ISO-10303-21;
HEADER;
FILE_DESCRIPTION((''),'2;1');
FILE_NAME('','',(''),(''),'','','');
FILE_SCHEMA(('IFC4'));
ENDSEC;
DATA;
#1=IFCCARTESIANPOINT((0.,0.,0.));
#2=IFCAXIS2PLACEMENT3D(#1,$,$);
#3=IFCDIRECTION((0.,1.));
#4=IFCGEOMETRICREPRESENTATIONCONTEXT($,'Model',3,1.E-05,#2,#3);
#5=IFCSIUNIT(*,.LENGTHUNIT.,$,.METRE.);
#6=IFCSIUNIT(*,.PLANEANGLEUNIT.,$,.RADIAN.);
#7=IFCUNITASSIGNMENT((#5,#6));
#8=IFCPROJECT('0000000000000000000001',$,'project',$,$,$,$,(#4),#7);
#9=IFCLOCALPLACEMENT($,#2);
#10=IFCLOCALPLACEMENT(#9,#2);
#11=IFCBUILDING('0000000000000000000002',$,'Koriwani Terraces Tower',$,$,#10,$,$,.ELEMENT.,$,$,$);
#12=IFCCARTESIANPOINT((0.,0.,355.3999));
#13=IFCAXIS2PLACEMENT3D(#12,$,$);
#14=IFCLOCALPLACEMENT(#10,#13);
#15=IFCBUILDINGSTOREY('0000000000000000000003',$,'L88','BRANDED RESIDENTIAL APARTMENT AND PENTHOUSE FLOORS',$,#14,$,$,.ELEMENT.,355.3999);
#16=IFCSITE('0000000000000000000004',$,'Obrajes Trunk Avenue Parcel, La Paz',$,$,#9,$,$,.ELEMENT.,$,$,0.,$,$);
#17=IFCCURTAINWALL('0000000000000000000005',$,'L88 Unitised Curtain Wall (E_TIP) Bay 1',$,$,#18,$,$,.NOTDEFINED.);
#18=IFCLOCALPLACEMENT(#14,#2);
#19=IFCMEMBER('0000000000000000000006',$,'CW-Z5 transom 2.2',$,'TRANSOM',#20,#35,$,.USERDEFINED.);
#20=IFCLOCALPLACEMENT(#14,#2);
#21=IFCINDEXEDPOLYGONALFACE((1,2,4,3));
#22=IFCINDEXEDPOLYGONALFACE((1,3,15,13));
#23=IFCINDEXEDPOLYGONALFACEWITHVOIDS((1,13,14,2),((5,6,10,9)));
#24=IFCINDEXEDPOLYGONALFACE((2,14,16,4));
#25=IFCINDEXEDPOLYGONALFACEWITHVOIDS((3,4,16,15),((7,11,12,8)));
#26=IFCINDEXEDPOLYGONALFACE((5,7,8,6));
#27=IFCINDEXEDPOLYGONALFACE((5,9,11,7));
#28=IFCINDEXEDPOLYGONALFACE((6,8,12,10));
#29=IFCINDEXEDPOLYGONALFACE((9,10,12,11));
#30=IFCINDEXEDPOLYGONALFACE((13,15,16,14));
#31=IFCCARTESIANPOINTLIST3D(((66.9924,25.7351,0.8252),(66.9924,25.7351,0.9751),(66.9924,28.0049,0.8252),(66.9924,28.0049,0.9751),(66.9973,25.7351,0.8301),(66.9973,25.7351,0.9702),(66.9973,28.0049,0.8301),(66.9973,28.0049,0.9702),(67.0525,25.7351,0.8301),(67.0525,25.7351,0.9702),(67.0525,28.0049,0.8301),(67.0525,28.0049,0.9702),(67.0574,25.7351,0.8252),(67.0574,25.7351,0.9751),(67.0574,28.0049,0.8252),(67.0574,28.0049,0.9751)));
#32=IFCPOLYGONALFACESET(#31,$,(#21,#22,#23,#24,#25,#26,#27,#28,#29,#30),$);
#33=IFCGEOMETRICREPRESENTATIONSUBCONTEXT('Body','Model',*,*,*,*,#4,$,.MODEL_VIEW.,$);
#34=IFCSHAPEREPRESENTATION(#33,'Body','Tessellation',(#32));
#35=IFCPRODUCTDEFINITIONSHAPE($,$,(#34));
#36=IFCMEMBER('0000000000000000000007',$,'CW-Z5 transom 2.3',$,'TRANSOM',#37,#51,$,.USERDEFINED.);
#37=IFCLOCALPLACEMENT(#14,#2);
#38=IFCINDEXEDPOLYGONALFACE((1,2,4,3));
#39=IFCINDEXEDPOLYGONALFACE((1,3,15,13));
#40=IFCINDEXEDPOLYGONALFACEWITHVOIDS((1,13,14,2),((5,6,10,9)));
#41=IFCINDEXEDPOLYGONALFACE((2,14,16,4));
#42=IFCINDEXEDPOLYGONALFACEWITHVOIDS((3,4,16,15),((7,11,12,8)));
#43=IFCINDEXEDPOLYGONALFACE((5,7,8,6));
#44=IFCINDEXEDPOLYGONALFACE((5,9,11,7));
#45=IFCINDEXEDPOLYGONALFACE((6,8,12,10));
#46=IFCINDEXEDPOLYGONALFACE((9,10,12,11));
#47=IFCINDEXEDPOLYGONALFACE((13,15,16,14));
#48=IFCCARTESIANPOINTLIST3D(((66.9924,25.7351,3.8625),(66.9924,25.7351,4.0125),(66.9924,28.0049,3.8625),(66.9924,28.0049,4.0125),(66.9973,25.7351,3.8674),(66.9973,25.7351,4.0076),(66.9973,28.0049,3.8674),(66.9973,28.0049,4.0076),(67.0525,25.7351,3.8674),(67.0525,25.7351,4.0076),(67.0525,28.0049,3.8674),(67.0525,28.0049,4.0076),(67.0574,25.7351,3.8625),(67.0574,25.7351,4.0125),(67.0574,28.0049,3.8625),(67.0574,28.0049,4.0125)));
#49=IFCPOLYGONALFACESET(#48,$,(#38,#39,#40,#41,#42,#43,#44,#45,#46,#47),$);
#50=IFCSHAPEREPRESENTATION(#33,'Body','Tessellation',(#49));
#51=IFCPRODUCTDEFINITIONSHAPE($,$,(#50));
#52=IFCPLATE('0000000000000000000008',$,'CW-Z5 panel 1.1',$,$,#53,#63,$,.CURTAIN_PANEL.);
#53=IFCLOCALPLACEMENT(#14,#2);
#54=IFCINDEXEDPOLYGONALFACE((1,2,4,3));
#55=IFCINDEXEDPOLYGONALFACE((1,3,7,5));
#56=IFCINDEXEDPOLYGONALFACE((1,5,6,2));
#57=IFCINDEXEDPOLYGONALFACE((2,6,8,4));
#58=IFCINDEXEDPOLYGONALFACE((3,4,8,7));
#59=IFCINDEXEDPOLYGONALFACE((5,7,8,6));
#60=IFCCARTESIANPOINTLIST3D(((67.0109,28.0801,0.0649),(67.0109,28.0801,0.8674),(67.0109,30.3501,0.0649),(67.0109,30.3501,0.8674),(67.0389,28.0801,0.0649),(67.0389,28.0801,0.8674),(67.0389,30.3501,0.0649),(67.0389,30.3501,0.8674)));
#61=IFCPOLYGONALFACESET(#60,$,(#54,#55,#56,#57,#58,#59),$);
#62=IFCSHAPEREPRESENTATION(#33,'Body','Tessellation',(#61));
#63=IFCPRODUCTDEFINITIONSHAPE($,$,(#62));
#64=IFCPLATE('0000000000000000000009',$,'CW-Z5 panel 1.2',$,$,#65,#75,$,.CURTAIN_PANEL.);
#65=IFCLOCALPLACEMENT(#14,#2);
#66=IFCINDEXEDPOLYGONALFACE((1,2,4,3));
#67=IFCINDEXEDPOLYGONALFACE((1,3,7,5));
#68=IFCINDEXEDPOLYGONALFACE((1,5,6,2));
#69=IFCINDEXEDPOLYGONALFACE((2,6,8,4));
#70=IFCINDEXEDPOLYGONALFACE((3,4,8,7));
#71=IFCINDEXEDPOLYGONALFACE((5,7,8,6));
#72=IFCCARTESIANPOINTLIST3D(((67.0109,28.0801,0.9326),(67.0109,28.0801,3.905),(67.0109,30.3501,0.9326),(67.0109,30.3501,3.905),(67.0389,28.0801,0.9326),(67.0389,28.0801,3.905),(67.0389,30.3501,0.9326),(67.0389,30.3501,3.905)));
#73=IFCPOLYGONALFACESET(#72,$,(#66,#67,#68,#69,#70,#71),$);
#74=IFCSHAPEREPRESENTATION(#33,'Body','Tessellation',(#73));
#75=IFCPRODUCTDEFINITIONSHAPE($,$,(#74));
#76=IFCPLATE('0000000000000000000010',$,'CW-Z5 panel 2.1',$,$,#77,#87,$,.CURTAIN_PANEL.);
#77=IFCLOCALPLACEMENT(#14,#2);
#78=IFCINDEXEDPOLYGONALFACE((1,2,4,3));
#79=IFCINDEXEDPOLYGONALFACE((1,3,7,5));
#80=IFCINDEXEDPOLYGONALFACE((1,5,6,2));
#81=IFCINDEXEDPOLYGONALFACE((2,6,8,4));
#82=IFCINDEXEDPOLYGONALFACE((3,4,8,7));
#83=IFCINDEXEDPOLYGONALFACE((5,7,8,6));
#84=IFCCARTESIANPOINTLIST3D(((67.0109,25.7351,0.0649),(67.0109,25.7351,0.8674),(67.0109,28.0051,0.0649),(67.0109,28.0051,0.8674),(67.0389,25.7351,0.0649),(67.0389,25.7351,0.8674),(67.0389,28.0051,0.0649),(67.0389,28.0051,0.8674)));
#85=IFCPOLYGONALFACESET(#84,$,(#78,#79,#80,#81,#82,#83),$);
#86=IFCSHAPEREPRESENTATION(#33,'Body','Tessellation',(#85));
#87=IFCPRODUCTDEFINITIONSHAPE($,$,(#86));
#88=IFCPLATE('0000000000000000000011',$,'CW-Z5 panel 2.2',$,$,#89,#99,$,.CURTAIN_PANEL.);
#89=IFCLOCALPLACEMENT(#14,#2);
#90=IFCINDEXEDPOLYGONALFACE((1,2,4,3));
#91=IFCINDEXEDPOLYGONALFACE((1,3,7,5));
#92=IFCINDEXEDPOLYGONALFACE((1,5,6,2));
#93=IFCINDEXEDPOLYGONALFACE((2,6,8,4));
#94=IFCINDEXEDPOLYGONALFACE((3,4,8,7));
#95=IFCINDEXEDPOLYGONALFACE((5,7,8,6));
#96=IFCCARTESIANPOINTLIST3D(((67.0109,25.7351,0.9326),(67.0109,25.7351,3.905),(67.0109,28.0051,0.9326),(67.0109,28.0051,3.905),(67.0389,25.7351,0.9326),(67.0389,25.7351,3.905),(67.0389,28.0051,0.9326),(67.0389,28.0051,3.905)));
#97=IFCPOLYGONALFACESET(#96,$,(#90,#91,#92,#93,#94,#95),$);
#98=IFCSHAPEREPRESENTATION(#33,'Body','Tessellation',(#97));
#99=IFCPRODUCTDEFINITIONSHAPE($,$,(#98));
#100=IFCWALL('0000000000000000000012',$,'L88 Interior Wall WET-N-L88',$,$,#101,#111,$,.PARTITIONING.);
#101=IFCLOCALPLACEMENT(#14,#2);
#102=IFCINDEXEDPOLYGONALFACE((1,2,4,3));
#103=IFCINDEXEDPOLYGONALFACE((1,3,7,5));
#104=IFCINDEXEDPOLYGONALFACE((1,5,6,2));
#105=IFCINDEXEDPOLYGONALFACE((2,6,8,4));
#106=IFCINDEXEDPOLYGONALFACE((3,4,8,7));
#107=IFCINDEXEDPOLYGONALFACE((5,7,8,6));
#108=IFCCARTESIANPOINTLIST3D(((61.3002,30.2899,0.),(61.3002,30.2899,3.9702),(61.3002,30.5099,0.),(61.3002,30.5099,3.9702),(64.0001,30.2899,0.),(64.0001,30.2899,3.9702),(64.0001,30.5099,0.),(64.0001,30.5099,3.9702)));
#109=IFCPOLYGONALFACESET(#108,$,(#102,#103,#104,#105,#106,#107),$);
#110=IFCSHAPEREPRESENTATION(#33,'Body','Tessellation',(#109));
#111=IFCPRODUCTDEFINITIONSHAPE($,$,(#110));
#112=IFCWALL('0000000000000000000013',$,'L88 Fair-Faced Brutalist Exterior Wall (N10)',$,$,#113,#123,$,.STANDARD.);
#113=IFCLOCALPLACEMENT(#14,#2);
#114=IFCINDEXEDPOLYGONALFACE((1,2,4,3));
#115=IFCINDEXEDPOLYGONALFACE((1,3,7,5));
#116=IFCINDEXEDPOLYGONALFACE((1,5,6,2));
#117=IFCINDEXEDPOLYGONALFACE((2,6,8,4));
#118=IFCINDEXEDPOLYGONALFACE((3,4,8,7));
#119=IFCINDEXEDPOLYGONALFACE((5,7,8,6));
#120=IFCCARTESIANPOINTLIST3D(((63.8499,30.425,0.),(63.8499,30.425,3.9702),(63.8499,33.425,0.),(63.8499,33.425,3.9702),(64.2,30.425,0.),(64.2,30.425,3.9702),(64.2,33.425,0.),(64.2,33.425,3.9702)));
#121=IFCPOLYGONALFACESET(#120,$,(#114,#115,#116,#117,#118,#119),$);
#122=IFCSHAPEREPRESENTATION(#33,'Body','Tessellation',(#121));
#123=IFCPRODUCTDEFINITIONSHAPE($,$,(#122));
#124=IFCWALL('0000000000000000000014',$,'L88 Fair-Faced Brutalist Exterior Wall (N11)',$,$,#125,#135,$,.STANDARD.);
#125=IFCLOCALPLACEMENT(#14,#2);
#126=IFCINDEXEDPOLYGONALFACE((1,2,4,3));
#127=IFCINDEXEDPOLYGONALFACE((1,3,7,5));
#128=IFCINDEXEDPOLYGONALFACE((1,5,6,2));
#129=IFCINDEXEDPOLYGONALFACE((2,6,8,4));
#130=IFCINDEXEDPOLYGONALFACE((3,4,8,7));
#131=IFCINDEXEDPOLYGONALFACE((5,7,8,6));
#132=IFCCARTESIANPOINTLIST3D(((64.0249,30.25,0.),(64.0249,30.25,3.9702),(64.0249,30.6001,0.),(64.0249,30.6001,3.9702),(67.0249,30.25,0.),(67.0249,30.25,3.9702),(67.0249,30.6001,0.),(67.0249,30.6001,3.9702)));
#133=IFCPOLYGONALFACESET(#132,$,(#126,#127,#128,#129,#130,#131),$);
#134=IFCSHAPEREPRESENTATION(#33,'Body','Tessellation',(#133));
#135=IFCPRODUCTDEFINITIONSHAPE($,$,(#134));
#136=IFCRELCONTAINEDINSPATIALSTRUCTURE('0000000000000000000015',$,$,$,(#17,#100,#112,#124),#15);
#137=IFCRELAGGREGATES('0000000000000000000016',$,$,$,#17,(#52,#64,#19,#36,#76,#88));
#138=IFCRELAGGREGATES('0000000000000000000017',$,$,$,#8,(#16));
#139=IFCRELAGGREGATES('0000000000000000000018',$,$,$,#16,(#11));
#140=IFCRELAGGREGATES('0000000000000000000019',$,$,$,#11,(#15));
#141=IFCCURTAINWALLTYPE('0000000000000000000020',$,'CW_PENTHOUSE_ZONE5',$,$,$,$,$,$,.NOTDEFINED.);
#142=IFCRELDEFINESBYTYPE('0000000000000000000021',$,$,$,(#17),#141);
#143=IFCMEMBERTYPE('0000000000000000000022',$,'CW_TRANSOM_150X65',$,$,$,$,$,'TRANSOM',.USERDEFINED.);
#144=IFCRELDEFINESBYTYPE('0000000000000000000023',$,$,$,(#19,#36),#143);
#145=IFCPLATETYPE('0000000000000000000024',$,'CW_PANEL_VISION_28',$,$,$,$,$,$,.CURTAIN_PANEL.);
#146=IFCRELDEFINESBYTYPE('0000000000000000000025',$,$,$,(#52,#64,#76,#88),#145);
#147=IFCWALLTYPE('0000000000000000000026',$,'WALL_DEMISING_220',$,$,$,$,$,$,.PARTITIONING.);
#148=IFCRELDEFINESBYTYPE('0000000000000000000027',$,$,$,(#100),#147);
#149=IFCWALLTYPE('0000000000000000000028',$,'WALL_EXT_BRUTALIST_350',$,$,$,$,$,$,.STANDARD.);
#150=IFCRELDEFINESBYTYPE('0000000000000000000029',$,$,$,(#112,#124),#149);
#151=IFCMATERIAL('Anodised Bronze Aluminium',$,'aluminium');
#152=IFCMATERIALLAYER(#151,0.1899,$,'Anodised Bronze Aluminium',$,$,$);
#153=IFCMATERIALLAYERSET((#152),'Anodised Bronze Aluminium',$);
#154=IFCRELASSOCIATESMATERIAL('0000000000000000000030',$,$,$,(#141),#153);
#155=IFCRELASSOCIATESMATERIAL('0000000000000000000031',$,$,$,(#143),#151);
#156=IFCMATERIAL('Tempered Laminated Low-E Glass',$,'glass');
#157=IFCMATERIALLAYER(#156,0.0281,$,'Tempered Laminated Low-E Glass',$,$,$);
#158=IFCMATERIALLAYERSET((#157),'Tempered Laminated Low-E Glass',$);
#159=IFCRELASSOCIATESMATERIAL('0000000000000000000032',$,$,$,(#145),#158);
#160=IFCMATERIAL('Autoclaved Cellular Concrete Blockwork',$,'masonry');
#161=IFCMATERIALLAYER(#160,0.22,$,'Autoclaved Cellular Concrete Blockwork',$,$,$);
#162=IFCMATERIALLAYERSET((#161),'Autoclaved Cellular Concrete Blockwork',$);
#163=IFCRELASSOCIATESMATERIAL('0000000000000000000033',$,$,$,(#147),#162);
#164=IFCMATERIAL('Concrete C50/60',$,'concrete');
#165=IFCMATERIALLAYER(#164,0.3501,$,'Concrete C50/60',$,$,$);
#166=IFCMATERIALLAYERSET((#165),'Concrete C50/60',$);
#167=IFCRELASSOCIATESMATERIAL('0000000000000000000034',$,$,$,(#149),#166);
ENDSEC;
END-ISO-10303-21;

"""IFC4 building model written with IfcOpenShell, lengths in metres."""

from ifc_helpers import new_model, si_unit, direction, frame, frame_2d, origin, origin_2d, place, context, subcontext, project, spatial, rectangle, hollow_rectangle, extrude, material, layer, layer_set, material_profile, profile_set, type_object, element, aggregate, save


model = new_model("IFC4")

# Units and contexts
model_context = context("Model", 3, precision=1e-05, world=origin(), true_north=direction((0.0, 1.0)))
body_context = subcontext(model_context, "Body", "Model", "MODEL_VIEW")
ifc_project = project(units=[si_unit("LENGTHUNIT", "METRE"), si_unit("PLANEANGLEUNIT", "RADIAN")], contexts=[model_context])

# Site, building, storey
site_placement = place(None, origin())
site = spatial("IfcSite", under=ifc_project, at=site_placement, Name="Obrajes Trunk Avenue Parcel, La Paz", CompositionType="ELEMENT", RefElevation=0.0)
building_placement = place(site_placement, origin())
building = spatial("IfcBuilding", under=site, at=building_placement, Name="Koriwani Terraces Tower", CompositionType="ELEMENT")
storey_placement = place(building_placement, frame((0.0, 0.0, 355.3999)))
storey = spatial("IfcBuildingStorey", under=building, at=storey_placement, Name="L88", Description="BRANDED RESIDENTIAL APARTMENT AND PENTHOUSE FLOORS", CompositionType="ELEMENT", Elevation=355.3999)

# Shared definitions
ifc_material_1 = material(Name="Concrete C50/60", Category="concrete")

# Curtain wall, members, plates
ifc_material_2 = material(Name="Anodised Bronze Aluminium", Category="aluminium")
ifc_layer_1 = layer(ifc_material_2, 0.1899, Name="Anodised Bronze Aluminium")
ifc_layer_set_1 = layer_set([ifc_layer_1], Name="Anodised Bronze Aluminium")
curtain_wall_type = type_object("IfcCurtainWallType", Name="CW_PENTHOUSE_ZONE5", PredefinedType="NOTDEFINED", material=ifc_layer_set_1)
curtain_wall_placement = place(storey_placement, origin())
curtain_wall = element("IfcCurtainWall", 1, at=curtain_wall_placement, inside=storey, type_object=curtain_wall_type, Name="L88 Unitised Curtain Wall (E_TIP) Bay 1", PredefinedType="NOTDEFINED")
ifc_material_profile_1 = material_profile(ifc_material_2, hollow_rectangle(XDim=0.0649, YDim=0.1499, WallThickness=0.0049, at=origin_2d()), Name="Anodised Bronze Aluminium", Category="LoadBearing")
ifc_profile_set_1 = profile_set([ifc_material_profile_1], Name="Anodised Bronze Aluminium")
member_type_1 = type_object("IfcMemberType", Name="CW_TRANSOM_150X65", ElementType="TRANSOM", PredefinedType="USERDEFINED", material=ifc_profile_set_1)
member_1_placement = place(storey_placement, frame((67.0249, 28.0049, 0.9001), z_axis=(0.0, -1.0, 0.0), x_axis=(1.0, 0.0, 0.0)))
member_1 = element("IfcMember", 2, at=member_1_placement, type_object=member_type_1, Name="CW-Z5 transom 2.2", ObjectType="TRANSOM", PredefinedType="USERDEFINED", context=body_context, shape_type="SweptSolid", body=[
    extrude(hollow_rectangle(XDim=0.0649, YDim=0.1499, WallThickness=0.0049, at=origin_2d()), origin(), (0.0, 0.0, 1.0), 2.2698),
])
member_2_placement = place(storey_placement, frame((67.0249, 28.0049, 3.9375), z_axis=(0.0, -1.0, 0.0), x_axis=(1.0, 0.0, 0.0)))
member_2 = element("IfcMember", 3, at=member_2_placement, type_object=member_type_1, Name="CW-Z5 transom 2.3", ObjectType="TRANSOM", PredefinedType="USERDEFINED", context=body_context, shape_type="SweptSolid", body=[
    extrude(hollow_rectangle(XDim=0.0649, YDim=0.1499, WallThickness=0.0049, at=origin_2d()), origin(), (0.0, 0.0, 1.0), 2.2698),
])
ifc_material_3 = material(Name="Tempered Laminated Low-E Glass", Category="glass")
ifc_layer_2 = layer(ifc_material_3, 0.0281, Name="Tempered Laminated Low-E Glass")
ifc_layer_set_2 = layer_set([ifc_layer_2], Name="Tempered Laminated Low-E Glass")
plate_type = type_object("IfcPlateType", Name="CW_PANEL_VISION_28", PredefinedType="CURTAIN_PANEL", material=ifc_layer_set_2)
plate_1_placement = place(storey_placement, frame((67.0249, 29.2151, 0.0649), z_axis=(0.0, 0.0, 1.0), x_axis=(0.0, -1.0, 0.0)))
plate_1 = element("IfcPlate", 4, at=plate_1_placement, type_object=plate_type, Name="CW-Z5 panel 1.1", PredefinedType="CURTAIN_PANEL", context=body_context, shape_type="SweptSolid", body=[
    extrude(rectangle(XDim=2.27, YDim=0.0281, at=origin_2d()), origin(), (0.0, 0.0, 1.0), 0.8025),
])
plate_2_placement = place(storey_placement, frame((67.0249, 29.2151, 0.9326), z_axis=(0.0, 0.0, 1.0), x_axis=(0.0, -1.0, 0.0)))
plate_2 = element("IfcPlate", 5, at=plate_2_placement, type_object=plate_type, Name="CW-Z5 panel 1.2", PredefinedType="CURTAIN_PANEL", context=body_context, shape_type="SweptSolid", body=[
    extrude(rectangle(XDim=2.27, YDim=0.0281, at=origin_2d()), origin(), (0.0, 0.0, 1.0), 2.9724),
])
plate_3_placement = place(storey_placement, frame((67.0249, 26.8701, 0.0649), z_axis=(0.0, 0.0, 1.0), x_axis=(0.0, -1.0, 0.0)))
plate_3 = element("IfcPlate", 6, at=plate_3_placement, type_object=plate_type, Name="CW-Z5 panel 2.1", PredefinedType="CURTAIN_PANEL", context=body_context, shape_type="SweptSolid", body=[
    extrude(rectangle(XDim=2.27, YDim=0.0281, at=origin_2d()), origin(), (0.0, 0.0, 1.0), 0.8025),
])
plate_4_placement = place(storey_placement, frame((67.0249, 26.8701, 0.9326), z_axis=(0.0, 0.0, 1.0), x_axis=(0.0, -1.0, 0.0)))
plate_4 = element("IfcPlate", 7, at=plate_4_placement, type_object=plate_type, Name="CW-Z5 panel 2.2", PredefinedType="CURTAIN_PANEL", context=body_context, shape_type="SweptSolid", body=[
    extrude(rectangle(XDim=2.27, YDim=0.0281, at=origin_2d()), origin(), (0.0, 0.0, 1.0), 2.9724),
])
aggregate(curtain_wall, [plate_1, plate_2, member_1, member_2, plate_3, plate_4])

# Walls
ifc_material_4 = material(Name="Autoclaved Cellular Concrete Blockwork", Category="masonry")
ifc_layer_3 = layer(ifc_material_4, 0.22, Name="Autoclaved Cellular Concrete Blockwork")
ifc_layer_set_3 = layer_set([ifc_layer_3], Name="Autoclaved Cellular Concrete Blockwork")
wall_type_1 = type_object("IfcWallType", Name="WALL_DEMISING_220", PredefinedType="PARTITIONING", material=ifc_layer_set_3)
wall_placement = place(storey_placement, frame((61.3, 30.3999, 0.0), z_axis=(0.0, 0.0, 1.0), x_axis=(1.0, 0.0, 0.0)))
element("IfcWall", 8, at=wall_placement, inside=storey, type_object=wall_type_1, Name="L88 Interior Wall WET-N-L88", PredefinedType="PARTITIONING", context=body_context, shape_type="SweptSolid", body=[
    extrude(rectangle(XDim=2.7, YDim=0.22, at=frame_2d((1.3501, 0.0))), origin(), (0.0, 0.0, 1.0), 3.9702),
])
ifc_layer_4 = layer(ifc_material_1, 0.3501, Name="Concrete C50/60")
ifc_layer_set_4 = layer_set([ifc_layer_4], Name="Concrete C50/60")
wall_type_2 = type_object("IfcWallType", Name="WALL_EXT_BRUTALIST_350", PredefinedType="STANDARD", material=ifc_layer_set_4)
for number, where, z_axis, x_axis, name in (
    (9, (64.0249, 33.425, 0.0), (0.0, 0.0, 1.0), (0.0, -1.0, 0.0), "L88 Fair-Faced Brutalist Exterior Wall (N10)"),
    (10, (64.0249, 30.425, 0.0), (0.0, 0.0, 1.0), (1.0, 0.0, 0.0), "L88 Fair-Faced Brutalist Exterior Wall (N11)"),
):
    element("IfcWall", number, at=place(storey_placement, frame(where, z_axis=z_axis, x_axis=x_axis)), inside=storey, type_object=wall_type_2, Name=name, PredefinedType="STANDARD", context=body_context, shape_type="SweptSolid", body=[
        extrude(rectangle(XDim=3.0, YDim=0.3501, at=frame_2d((1.5, 0.0))), origin(), (0.0, 0.0, 1.0), 3.9702),
    ])

save(model, "model.ifc")
